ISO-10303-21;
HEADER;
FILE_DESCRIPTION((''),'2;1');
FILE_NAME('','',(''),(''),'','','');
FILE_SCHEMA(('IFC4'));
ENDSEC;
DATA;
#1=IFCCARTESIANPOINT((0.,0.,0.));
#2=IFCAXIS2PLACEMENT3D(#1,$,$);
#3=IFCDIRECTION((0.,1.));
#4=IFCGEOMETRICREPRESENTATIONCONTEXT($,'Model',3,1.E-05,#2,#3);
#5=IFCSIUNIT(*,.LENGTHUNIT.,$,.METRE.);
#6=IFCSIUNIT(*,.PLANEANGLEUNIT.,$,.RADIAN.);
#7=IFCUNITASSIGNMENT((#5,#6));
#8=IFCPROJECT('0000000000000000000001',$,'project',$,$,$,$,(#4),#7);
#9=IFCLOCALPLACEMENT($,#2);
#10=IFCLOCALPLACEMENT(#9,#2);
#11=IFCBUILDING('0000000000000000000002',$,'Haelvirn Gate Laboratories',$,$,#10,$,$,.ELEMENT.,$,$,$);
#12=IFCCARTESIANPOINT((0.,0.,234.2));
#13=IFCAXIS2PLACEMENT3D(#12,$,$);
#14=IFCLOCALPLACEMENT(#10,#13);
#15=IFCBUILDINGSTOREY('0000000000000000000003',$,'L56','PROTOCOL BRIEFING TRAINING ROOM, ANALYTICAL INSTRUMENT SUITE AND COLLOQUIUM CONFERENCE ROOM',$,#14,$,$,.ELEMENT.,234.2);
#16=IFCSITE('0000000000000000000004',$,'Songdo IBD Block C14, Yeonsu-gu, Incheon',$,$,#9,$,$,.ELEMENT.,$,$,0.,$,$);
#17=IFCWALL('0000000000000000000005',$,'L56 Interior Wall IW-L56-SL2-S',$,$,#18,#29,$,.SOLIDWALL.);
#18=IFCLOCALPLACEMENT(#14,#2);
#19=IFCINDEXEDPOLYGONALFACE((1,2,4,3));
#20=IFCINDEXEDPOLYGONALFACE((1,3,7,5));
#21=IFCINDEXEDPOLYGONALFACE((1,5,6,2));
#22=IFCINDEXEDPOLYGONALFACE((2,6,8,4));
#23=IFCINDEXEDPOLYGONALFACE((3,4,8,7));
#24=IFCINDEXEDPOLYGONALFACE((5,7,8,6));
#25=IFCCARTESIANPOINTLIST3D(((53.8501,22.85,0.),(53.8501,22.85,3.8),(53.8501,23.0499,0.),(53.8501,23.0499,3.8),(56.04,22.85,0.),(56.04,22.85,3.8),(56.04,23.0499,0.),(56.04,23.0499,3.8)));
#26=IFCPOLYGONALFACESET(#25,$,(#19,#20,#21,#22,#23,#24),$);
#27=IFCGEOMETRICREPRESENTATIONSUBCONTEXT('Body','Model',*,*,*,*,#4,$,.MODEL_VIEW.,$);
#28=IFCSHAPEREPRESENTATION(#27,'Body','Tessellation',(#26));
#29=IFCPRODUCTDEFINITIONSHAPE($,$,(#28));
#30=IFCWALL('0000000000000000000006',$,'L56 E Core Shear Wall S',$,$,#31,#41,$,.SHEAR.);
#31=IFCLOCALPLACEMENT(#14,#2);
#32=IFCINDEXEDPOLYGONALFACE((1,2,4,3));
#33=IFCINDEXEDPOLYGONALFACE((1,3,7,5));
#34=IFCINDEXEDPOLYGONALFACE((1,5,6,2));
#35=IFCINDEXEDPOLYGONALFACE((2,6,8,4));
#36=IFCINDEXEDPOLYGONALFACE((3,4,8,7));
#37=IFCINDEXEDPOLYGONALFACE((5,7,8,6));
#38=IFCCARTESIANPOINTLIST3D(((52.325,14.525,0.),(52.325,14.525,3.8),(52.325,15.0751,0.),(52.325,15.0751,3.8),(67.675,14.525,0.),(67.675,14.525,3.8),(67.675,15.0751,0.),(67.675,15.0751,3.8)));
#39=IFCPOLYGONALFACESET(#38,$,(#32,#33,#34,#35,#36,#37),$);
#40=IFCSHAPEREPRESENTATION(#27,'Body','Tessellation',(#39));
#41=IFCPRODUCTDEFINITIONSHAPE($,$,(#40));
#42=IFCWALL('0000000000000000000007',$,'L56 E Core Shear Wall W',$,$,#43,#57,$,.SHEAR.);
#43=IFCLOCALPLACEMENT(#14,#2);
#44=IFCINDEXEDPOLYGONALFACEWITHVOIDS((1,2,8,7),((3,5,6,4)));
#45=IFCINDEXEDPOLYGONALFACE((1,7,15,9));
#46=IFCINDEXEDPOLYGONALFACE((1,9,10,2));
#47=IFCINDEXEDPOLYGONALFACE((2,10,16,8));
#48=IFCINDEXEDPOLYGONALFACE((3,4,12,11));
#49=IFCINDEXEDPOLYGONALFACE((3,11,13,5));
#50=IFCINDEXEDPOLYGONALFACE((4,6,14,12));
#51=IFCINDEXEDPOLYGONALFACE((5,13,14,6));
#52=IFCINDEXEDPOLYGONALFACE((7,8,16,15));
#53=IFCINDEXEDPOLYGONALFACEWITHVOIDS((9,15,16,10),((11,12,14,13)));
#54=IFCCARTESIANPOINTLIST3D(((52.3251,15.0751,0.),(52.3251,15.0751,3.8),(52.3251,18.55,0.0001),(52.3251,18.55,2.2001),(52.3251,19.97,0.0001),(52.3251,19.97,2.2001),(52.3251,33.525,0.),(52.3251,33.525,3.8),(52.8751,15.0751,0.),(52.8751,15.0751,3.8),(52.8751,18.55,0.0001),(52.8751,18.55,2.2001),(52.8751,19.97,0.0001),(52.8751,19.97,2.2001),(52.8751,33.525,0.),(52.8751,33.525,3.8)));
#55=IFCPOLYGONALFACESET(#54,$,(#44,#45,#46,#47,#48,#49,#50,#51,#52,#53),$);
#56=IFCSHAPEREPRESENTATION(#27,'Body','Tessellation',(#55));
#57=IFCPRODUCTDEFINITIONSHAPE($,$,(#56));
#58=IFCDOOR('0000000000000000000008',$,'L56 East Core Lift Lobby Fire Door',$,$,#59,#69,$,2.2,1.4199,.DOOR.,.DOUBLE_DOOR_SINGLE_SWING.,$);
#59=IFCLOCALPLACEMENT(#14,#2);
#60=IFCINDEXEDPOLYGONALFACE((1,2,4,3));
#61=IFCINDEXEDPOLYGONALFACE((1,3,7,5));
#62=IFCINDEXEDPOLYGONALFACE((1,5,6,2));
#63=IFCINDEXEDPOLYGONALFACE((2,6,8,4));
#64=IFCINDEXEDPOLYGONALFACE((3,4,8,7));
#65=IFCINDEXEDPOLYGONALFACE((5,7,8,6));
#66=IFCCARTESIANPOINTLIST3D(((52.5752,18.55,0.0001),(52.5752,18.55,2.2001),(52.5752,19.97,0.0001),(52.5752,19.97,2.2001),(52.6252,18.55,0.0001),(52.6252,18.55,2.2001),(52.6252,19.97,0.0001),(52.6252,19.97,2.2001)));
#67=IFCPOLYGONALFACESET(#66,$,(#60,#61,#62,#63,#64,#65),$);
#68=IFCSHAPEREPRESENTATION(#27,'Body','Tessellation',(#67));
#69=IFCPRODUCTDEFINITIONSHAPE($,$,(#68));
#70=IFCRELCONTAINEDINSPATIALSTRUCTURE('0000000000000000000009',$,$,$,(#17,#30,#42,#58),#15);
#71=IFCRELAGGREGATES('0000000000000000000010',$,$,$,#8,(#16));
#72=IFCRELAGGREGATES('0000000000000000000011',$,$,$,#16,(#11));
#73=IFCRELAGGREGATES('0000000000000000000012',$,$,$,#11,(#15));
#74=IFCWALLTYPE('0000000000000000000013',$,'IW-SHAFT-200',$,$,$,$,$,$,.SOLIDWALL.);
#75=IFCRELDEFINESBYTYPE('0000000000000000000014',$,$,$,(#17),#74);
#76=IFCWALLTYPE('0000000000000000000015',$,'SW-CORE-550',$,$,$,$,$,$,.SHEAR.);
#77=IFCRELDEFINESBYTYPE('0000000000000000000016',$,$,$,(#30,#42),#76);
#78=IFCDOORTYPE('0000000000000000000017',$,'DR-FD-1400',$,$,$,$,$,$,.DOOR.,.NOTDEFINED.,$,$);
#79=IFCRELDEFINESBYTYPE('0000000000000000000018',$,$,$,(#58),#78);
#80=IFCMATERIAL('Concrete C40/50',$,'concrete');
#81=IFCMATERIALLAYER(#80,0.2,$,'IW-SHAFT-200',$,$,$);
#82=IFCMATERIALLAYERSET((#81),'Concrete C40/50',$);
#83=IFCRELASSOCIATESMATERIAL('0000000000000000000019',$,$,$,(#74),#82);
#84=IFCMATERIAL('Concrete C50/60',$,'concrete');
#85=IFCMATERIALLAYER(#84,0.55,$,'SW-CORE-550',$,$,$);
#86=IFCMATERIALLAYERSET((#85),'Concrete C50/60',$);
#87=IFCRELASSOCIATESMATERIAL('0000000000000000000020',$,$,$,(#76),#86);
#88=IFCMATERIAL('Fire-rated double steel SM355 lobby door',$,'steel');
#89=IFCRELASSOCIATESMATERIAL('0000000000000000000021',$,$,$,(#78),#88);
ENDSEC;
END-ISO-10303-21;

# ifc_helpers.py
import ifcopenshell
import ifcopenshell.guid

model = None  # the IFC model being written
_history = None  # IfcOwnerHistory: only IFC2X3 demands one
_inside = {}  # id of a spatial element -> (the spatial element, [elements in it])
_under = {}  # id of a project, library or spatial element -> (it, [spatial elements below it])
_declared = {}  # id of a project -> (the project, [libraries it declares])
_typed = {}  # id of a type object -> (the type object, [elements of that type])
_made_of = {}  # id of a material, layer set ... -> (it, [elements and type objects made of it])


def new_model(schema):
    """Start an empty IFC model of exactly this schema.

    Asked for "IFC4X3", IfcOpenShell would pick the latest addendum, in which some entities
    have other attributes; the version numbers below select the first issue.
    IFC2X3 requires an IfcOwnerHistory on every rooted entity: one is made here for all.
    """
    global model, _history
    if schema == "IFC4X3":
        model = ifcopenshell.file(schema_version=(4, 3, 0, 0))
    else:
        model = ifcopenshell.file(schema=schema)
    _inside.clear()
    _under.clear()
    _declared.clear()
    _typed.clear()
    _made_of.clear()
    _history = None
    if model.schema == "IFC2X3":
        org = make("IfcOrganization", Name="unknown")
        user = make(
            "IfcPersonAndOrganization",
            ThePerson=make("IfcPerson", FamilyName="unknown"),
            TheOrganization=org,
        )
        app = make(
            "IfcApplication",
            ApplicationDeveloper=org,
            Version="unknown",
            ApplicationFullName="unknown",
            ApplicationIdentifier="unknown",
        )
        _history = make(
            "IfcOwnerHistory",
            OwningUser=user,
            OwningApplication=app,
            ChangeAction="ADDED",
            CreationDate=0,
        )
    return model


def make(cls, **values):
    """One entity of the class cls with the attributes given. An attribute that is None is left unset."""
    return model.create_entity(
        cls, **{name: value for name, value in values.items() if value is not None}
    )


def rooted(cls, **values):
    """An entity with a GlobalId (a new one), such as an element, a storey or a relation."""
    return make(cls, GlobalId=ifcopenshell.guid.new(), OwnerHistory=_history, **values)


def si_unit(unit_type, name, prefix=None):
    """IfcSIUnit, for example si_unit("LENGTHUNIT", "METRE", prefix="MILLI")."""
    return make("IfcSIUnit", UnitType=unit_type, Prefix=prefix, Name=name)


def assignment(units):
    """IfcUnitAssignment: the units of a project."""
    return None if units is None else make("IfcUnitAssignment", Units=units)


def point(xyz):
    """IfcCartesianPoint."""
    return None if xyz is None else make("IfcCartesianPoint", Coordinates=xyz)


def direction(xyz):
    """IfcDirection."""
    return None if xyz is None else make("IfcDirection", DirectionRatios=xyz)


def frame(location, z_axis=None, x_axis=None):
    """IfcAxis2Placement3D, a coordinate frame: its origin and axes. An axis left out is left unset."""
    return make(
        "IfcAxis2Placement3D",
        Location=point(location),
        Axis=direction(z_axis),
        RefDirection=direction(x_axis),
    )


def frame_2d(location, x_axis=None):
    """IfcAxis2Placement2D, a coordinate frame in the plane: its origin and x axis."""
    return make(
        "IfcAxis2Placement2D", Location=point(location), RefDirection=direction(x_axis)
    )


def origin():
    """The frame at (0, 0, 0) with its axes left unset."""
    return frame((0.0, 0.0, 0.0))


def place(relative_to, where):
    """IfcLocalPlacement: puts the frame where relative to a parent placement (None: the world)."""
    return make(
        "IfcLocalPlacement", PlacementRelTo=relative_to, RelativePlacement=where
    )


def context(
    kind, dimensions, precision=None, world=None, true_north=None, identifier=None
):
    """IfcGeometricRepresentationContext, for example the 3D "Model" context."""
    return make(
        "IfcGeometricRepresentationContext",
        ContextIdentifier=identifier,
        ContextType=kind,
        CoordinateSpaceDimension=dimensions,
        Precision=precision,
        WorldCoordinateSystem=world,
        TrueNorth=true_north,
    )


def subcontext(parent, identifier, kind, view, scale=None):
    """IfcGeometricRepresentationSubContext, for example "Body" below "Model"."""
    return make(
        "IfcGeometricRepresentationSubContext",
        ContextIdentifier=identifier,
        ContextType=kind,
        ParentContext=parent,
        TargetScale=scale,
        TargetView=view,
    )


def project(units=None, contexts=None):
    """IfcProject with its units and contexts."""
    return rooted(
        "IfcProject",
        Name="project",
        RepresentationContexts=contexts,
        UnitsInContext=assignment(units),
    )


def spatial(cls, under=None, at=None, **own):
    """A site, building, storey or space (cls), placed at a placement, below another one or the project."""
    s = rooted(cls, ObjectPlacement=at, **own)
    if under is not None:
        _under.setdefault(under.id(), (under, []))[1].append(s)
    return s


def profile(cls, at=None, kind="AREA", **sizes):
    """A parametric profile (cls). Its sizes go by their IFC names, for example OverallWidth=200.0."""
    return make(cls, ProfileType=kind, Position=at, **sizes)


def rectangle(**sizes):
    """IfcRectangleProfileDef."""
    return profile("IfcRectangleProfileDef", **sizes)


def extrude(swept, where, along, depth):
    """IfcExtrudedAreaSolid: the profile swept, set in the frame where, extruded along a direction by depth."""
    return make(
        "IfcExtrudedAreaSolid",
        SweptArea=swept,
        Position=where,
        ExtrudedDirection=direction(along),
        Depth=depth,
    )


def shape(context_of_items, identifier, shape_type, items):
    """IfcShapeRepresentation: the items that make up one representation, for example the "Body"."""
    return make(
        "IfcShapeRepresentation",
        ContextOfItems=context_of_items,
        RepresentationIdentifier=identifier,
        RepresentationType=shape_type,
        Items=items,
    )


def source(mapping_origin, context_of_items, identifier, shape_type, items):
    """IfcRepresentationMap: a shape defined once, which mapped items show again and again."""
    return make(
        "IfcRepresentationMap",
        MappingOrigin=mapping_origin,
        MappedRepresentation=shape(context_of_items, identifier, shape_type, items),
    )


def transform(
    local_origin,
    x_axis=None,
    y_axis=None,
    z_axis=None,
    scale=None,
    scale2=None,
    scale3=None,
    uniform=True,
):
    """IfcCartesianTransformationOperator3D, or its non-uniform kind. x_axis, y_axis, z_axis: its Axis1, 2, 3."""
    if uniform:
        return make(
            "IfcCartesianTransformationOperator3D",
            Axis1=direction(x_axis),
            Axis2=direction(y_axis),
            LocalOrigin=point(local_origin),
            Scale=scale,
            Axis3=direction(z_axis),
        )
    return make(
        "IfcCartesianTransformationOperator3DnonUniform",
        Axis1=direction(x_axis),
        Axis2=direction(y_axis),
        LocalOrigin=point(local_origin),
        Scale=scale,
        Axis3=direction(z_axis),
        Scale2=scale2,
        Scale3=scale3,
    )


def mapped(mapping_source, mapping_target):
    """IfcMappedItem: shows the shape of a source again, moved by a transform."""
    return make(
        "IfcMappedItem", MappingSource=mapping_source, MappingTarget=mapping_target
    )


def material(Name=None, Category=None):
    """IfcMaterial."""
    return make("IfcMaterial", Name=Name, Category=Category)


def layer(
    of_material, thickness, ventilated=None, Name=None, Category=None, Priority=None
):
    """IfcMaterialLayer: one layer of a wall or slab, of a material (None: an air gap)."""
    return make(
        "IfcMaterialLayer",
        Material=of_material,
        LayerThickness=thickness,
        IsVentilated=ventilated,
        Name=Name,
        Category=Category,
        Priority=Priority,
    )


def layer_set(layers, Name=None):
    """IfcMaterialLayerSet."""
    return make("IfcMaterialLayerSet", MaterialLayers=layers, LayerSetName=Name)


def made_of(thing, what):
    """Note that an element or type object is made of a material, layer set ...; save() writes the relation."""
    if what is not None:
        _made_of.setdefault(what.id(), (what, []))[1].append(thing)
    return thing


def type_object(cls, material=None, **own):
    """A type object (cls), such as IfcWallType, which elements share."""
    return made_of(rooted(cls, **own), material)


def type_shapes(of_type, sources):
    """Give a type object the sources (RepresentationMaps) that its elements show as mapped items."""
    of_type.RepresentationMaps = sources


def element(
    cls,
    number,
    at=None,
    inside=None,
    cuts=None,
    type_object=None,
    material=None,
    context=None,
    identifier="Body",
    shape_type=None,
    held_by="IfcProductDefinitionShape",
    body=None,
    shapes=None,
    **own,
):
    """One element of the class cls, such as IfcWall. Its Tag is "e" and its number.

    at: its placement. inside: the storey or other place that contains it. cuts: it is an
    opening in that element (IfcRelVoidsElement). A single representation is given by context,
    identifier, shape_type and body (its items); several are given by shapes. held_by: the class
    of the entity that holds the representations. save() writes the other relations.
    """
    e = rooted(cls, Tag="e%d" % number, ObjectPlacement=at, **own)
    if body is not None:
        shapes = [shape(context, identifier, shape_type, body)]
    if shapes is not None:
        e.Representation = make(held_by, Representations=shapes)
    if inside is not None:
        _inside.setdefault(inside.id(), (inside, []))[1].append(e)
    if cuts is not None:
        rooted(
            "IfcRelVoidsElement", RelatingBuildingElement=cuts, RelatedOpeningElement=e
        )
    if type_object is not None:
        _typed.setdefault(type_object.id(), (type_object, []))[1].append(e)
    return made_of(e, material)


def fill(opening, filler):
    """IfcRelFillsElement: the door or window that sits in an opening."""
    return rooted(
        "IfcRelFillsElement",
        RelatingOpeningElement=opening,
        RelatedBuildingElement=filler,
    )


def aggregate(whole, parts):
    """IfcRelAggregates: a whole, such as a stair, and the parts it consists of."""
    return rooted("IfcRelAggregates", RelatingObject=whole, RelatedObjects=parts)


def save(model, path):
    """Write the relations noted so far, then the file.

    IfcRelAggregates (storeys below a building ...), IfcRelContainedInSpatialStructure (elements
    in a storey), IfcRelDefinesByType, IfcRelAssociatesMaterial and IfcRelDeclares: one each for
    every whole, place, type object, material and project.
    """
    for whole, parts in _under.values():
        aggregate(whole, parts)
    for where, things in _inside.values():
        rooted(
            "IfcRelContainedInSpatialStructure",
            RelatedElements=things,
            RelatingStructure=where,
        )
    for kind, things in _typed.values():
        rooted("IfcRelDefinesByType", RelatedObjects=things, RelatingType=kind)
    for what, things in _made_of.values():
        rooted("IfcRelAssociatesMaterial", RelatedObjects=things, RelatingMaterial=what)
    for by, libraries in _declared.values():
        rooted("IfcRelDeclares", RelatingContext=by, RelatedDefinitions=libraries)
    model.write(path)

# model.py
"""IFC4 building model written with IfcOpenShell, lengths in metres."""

from ifc_helpers import new_model, si_unit, direction, frame, frame_2d, origin, place, context, subcontext, project, spatial, rectangle, extrude, source, transform, mapped, material, layer, layer_set, type_object, type_shapes, element, fill, save


model = new_model("IFC4")

# Units and contexts
model_context = context("Model", 3, precision=1e-05, world=origin(), true_north=direction((0.0, 1.0)))
body_context = subcontext(model_context, "Body", "Model", "MODEL_VIEW")
ifc_project = project(units=[si_unit("LENGTHUNIT", "METRE"), si_unit("PLANEANGLEUNIT", "RADIAN")], contexts=[model_context])

# Site, building, storey
site_placement = place(None, origin())
site = spatial("IfcSite", under=ifc_project, at=site_placement, Name="Songdo IBD Block C14, Yeonsu-gu, Incheon", CompositionType="ELEMENT", RefElevation=0.0)
building_placement = place(site_placement, origin())
building = spatial("IfcBuilding", under=site, at=building_placement, Name="Haelvirn Gate Laboratories", CompositionType="ELEMENT")
storey_placement = place(building_placement, frame((0.0, 0.0, 234.2)))
storey = spatial("IfcBuildingStorey", under=building, at=storey_placement, Name="L56", Description="PROTOCOL BRIEFING TRAINING ROOM, ANALYTICAL INSTRUMENT SUITE AND COLLOQUIUM CONFERENCE ROOM", CompositionType="ELEMENT", Elevation=234.2)

# Shared definitions
ifc_material_1 = material(Name="Concrete C50/60", Category="concrete")

# Walls
ifc_material_2 = material(Name="Concrete C40/50", Category="concrete")
ifc_layer_1 = layer(ifc_material_2, 0.2, Name="IW-SHAFT-200")
ifc_layer_set_1 = layer_set([ifc_layer_1], Name="Concrete C40/50")
wall_type_1 = type_object("IfcWallType", Name="IW-SHAFT-200", PredefinedType="SOLIDWALL", material=ifc_layer_set_1)
wall_1_placement = place(storey_placement, frame((53.8501, 22.95, 0.0), z_axis=(0.0, 0.0, 1.0), x_axis=(1.0, 0.0, 0.0)))
element("IfcWall", 1, at=wall_1_placement, inside=storey, type_object=wall_type_1, Name="L56 Interior Wall IW-L56-SL2-S", PredefinedType="SOLIDWALL", context=body_context, shape_type="SweptSolid", body=[
    extrude(rectangle(XDim=2.1899, YDim=0.2, at=frame_2d((1.095, 0.0))), origin(), (0.0, 0.0, 1.0), 3.8),
])
ifc_layer_2 = layer(ifc_material_1, 0.55, Name="SW-CORE-550")
ifc_layer_set_2 = layer_set([ifc_layer_2], Name="Concrete C50/60")
wall_type_2 = type_object("IfcWallType", Name="SW-CORE-550", PredefinedType="SHEAR", material=ifc_layer_set_2)
wall_2_placement = place(storey_placement, frame((52.325, 14.8, 0.0), z_axis=(0.0, 0.0, 1.0), x_axis=(1.0, 0.0, 0.0)))
element("IfcWall", 2, at=wall_2_placement, inside=storey, type_object=wall_type_2, Name="L56 E Core Shear Wall S", PredefinedType="SHEAR", context=body_context, shape_type="SweptSolid", body=[
    extrude(rectangle(XDim=15.3501, YDim=0.55, at=frame_2d((7.675, 0.0))), origin(), (0.0, 0.0, 1.0), 3.8),
])

# Wall, opening, door
wall_3_placement = place(storey_placement, frame((52.6001, 15.075, 0.0), z_axis=(0.0, 0.0, 1.0), x_axis=(0.0, 1.0, 0.0)))
wall_3 = element("IfcWall", 3, at=wall_3_placement, inside=storey, type_object=wall_type_2, Name="L56 E Core Shear Wall W", PredefinedType="SHEAR", context=body_context, shape_type="SweptSolid", body=[
    extrude(rectangle(XDim=18.45, YDim=0.55, at=frame_2d((9.2251, 0.0))), origin(), (0.0, 0.0, 1.0), 3.8),
])
opening_1_placement = place(wall_3_placement, frame((3.4751, 0.0, 0.0)))
opening_1 = element("IfcOpeningElement", 4, at=opening_1_placement, cuts=wall_3, PredefinedType="OPENING", context=body_context, shape_type="SweptSolid", body=[
    extrude(rectangle(XDim=1.4199, YDim=2.2, at=frame_2d((0.71, 1.1001))), frame((0.0, 0.2852, 0.0), z_axis=(0.0, -1.0, 0.0), x_axis=(1.0, 0.0, 0.0)), (0.0, 0.0, 1.0), 0.5701),
])
ifc_material_3 = material(Name="Fire-rated double steel SM355 lobby door", Category="steel")
door_type = type_object("IfcDoorType", Name="DR-FD-1400", OperationType="NOTDEFINED", PredefinedType="DOOR", material=ifc_material_3)
shared_shape_1 = source(origin(), body_context, "Body", "SweptSolid", [
    extrude(rectangle(XDim=1.4199, YDim=2.2, at=frame_2d((0.71, 1.1001))), frame((0.0, 0.0249, 0.0), z_axis=(0.0, -1.0, 0.0), x_axis=(1.0, 0.0, 0.0)), (0.0, 0.0, 1.0), 0.05),
])
type_shapes(door_type, [shared_shape_1])
door_placement = place(opening_1_placement, origin())
door = element("IfcDoor", 5, at=door_placement, inside=storey, type_object=door_type, Name="L56 East Core Lift Lobby Fire Door", OperationType="DOUBLE_DOOR_SINGLE_SWING", OverallHeight=2.2, OverallWidth=1.4199, PredefinedType="DOOR", context=body_context, shape_type="MappedRepresentation", body=[
    mapped(shared_shape_1, transform((0.0, 0.0, 0.0), scale=1.0)),
])
fill(opening_1, door)

save(model, "model.ifc")
